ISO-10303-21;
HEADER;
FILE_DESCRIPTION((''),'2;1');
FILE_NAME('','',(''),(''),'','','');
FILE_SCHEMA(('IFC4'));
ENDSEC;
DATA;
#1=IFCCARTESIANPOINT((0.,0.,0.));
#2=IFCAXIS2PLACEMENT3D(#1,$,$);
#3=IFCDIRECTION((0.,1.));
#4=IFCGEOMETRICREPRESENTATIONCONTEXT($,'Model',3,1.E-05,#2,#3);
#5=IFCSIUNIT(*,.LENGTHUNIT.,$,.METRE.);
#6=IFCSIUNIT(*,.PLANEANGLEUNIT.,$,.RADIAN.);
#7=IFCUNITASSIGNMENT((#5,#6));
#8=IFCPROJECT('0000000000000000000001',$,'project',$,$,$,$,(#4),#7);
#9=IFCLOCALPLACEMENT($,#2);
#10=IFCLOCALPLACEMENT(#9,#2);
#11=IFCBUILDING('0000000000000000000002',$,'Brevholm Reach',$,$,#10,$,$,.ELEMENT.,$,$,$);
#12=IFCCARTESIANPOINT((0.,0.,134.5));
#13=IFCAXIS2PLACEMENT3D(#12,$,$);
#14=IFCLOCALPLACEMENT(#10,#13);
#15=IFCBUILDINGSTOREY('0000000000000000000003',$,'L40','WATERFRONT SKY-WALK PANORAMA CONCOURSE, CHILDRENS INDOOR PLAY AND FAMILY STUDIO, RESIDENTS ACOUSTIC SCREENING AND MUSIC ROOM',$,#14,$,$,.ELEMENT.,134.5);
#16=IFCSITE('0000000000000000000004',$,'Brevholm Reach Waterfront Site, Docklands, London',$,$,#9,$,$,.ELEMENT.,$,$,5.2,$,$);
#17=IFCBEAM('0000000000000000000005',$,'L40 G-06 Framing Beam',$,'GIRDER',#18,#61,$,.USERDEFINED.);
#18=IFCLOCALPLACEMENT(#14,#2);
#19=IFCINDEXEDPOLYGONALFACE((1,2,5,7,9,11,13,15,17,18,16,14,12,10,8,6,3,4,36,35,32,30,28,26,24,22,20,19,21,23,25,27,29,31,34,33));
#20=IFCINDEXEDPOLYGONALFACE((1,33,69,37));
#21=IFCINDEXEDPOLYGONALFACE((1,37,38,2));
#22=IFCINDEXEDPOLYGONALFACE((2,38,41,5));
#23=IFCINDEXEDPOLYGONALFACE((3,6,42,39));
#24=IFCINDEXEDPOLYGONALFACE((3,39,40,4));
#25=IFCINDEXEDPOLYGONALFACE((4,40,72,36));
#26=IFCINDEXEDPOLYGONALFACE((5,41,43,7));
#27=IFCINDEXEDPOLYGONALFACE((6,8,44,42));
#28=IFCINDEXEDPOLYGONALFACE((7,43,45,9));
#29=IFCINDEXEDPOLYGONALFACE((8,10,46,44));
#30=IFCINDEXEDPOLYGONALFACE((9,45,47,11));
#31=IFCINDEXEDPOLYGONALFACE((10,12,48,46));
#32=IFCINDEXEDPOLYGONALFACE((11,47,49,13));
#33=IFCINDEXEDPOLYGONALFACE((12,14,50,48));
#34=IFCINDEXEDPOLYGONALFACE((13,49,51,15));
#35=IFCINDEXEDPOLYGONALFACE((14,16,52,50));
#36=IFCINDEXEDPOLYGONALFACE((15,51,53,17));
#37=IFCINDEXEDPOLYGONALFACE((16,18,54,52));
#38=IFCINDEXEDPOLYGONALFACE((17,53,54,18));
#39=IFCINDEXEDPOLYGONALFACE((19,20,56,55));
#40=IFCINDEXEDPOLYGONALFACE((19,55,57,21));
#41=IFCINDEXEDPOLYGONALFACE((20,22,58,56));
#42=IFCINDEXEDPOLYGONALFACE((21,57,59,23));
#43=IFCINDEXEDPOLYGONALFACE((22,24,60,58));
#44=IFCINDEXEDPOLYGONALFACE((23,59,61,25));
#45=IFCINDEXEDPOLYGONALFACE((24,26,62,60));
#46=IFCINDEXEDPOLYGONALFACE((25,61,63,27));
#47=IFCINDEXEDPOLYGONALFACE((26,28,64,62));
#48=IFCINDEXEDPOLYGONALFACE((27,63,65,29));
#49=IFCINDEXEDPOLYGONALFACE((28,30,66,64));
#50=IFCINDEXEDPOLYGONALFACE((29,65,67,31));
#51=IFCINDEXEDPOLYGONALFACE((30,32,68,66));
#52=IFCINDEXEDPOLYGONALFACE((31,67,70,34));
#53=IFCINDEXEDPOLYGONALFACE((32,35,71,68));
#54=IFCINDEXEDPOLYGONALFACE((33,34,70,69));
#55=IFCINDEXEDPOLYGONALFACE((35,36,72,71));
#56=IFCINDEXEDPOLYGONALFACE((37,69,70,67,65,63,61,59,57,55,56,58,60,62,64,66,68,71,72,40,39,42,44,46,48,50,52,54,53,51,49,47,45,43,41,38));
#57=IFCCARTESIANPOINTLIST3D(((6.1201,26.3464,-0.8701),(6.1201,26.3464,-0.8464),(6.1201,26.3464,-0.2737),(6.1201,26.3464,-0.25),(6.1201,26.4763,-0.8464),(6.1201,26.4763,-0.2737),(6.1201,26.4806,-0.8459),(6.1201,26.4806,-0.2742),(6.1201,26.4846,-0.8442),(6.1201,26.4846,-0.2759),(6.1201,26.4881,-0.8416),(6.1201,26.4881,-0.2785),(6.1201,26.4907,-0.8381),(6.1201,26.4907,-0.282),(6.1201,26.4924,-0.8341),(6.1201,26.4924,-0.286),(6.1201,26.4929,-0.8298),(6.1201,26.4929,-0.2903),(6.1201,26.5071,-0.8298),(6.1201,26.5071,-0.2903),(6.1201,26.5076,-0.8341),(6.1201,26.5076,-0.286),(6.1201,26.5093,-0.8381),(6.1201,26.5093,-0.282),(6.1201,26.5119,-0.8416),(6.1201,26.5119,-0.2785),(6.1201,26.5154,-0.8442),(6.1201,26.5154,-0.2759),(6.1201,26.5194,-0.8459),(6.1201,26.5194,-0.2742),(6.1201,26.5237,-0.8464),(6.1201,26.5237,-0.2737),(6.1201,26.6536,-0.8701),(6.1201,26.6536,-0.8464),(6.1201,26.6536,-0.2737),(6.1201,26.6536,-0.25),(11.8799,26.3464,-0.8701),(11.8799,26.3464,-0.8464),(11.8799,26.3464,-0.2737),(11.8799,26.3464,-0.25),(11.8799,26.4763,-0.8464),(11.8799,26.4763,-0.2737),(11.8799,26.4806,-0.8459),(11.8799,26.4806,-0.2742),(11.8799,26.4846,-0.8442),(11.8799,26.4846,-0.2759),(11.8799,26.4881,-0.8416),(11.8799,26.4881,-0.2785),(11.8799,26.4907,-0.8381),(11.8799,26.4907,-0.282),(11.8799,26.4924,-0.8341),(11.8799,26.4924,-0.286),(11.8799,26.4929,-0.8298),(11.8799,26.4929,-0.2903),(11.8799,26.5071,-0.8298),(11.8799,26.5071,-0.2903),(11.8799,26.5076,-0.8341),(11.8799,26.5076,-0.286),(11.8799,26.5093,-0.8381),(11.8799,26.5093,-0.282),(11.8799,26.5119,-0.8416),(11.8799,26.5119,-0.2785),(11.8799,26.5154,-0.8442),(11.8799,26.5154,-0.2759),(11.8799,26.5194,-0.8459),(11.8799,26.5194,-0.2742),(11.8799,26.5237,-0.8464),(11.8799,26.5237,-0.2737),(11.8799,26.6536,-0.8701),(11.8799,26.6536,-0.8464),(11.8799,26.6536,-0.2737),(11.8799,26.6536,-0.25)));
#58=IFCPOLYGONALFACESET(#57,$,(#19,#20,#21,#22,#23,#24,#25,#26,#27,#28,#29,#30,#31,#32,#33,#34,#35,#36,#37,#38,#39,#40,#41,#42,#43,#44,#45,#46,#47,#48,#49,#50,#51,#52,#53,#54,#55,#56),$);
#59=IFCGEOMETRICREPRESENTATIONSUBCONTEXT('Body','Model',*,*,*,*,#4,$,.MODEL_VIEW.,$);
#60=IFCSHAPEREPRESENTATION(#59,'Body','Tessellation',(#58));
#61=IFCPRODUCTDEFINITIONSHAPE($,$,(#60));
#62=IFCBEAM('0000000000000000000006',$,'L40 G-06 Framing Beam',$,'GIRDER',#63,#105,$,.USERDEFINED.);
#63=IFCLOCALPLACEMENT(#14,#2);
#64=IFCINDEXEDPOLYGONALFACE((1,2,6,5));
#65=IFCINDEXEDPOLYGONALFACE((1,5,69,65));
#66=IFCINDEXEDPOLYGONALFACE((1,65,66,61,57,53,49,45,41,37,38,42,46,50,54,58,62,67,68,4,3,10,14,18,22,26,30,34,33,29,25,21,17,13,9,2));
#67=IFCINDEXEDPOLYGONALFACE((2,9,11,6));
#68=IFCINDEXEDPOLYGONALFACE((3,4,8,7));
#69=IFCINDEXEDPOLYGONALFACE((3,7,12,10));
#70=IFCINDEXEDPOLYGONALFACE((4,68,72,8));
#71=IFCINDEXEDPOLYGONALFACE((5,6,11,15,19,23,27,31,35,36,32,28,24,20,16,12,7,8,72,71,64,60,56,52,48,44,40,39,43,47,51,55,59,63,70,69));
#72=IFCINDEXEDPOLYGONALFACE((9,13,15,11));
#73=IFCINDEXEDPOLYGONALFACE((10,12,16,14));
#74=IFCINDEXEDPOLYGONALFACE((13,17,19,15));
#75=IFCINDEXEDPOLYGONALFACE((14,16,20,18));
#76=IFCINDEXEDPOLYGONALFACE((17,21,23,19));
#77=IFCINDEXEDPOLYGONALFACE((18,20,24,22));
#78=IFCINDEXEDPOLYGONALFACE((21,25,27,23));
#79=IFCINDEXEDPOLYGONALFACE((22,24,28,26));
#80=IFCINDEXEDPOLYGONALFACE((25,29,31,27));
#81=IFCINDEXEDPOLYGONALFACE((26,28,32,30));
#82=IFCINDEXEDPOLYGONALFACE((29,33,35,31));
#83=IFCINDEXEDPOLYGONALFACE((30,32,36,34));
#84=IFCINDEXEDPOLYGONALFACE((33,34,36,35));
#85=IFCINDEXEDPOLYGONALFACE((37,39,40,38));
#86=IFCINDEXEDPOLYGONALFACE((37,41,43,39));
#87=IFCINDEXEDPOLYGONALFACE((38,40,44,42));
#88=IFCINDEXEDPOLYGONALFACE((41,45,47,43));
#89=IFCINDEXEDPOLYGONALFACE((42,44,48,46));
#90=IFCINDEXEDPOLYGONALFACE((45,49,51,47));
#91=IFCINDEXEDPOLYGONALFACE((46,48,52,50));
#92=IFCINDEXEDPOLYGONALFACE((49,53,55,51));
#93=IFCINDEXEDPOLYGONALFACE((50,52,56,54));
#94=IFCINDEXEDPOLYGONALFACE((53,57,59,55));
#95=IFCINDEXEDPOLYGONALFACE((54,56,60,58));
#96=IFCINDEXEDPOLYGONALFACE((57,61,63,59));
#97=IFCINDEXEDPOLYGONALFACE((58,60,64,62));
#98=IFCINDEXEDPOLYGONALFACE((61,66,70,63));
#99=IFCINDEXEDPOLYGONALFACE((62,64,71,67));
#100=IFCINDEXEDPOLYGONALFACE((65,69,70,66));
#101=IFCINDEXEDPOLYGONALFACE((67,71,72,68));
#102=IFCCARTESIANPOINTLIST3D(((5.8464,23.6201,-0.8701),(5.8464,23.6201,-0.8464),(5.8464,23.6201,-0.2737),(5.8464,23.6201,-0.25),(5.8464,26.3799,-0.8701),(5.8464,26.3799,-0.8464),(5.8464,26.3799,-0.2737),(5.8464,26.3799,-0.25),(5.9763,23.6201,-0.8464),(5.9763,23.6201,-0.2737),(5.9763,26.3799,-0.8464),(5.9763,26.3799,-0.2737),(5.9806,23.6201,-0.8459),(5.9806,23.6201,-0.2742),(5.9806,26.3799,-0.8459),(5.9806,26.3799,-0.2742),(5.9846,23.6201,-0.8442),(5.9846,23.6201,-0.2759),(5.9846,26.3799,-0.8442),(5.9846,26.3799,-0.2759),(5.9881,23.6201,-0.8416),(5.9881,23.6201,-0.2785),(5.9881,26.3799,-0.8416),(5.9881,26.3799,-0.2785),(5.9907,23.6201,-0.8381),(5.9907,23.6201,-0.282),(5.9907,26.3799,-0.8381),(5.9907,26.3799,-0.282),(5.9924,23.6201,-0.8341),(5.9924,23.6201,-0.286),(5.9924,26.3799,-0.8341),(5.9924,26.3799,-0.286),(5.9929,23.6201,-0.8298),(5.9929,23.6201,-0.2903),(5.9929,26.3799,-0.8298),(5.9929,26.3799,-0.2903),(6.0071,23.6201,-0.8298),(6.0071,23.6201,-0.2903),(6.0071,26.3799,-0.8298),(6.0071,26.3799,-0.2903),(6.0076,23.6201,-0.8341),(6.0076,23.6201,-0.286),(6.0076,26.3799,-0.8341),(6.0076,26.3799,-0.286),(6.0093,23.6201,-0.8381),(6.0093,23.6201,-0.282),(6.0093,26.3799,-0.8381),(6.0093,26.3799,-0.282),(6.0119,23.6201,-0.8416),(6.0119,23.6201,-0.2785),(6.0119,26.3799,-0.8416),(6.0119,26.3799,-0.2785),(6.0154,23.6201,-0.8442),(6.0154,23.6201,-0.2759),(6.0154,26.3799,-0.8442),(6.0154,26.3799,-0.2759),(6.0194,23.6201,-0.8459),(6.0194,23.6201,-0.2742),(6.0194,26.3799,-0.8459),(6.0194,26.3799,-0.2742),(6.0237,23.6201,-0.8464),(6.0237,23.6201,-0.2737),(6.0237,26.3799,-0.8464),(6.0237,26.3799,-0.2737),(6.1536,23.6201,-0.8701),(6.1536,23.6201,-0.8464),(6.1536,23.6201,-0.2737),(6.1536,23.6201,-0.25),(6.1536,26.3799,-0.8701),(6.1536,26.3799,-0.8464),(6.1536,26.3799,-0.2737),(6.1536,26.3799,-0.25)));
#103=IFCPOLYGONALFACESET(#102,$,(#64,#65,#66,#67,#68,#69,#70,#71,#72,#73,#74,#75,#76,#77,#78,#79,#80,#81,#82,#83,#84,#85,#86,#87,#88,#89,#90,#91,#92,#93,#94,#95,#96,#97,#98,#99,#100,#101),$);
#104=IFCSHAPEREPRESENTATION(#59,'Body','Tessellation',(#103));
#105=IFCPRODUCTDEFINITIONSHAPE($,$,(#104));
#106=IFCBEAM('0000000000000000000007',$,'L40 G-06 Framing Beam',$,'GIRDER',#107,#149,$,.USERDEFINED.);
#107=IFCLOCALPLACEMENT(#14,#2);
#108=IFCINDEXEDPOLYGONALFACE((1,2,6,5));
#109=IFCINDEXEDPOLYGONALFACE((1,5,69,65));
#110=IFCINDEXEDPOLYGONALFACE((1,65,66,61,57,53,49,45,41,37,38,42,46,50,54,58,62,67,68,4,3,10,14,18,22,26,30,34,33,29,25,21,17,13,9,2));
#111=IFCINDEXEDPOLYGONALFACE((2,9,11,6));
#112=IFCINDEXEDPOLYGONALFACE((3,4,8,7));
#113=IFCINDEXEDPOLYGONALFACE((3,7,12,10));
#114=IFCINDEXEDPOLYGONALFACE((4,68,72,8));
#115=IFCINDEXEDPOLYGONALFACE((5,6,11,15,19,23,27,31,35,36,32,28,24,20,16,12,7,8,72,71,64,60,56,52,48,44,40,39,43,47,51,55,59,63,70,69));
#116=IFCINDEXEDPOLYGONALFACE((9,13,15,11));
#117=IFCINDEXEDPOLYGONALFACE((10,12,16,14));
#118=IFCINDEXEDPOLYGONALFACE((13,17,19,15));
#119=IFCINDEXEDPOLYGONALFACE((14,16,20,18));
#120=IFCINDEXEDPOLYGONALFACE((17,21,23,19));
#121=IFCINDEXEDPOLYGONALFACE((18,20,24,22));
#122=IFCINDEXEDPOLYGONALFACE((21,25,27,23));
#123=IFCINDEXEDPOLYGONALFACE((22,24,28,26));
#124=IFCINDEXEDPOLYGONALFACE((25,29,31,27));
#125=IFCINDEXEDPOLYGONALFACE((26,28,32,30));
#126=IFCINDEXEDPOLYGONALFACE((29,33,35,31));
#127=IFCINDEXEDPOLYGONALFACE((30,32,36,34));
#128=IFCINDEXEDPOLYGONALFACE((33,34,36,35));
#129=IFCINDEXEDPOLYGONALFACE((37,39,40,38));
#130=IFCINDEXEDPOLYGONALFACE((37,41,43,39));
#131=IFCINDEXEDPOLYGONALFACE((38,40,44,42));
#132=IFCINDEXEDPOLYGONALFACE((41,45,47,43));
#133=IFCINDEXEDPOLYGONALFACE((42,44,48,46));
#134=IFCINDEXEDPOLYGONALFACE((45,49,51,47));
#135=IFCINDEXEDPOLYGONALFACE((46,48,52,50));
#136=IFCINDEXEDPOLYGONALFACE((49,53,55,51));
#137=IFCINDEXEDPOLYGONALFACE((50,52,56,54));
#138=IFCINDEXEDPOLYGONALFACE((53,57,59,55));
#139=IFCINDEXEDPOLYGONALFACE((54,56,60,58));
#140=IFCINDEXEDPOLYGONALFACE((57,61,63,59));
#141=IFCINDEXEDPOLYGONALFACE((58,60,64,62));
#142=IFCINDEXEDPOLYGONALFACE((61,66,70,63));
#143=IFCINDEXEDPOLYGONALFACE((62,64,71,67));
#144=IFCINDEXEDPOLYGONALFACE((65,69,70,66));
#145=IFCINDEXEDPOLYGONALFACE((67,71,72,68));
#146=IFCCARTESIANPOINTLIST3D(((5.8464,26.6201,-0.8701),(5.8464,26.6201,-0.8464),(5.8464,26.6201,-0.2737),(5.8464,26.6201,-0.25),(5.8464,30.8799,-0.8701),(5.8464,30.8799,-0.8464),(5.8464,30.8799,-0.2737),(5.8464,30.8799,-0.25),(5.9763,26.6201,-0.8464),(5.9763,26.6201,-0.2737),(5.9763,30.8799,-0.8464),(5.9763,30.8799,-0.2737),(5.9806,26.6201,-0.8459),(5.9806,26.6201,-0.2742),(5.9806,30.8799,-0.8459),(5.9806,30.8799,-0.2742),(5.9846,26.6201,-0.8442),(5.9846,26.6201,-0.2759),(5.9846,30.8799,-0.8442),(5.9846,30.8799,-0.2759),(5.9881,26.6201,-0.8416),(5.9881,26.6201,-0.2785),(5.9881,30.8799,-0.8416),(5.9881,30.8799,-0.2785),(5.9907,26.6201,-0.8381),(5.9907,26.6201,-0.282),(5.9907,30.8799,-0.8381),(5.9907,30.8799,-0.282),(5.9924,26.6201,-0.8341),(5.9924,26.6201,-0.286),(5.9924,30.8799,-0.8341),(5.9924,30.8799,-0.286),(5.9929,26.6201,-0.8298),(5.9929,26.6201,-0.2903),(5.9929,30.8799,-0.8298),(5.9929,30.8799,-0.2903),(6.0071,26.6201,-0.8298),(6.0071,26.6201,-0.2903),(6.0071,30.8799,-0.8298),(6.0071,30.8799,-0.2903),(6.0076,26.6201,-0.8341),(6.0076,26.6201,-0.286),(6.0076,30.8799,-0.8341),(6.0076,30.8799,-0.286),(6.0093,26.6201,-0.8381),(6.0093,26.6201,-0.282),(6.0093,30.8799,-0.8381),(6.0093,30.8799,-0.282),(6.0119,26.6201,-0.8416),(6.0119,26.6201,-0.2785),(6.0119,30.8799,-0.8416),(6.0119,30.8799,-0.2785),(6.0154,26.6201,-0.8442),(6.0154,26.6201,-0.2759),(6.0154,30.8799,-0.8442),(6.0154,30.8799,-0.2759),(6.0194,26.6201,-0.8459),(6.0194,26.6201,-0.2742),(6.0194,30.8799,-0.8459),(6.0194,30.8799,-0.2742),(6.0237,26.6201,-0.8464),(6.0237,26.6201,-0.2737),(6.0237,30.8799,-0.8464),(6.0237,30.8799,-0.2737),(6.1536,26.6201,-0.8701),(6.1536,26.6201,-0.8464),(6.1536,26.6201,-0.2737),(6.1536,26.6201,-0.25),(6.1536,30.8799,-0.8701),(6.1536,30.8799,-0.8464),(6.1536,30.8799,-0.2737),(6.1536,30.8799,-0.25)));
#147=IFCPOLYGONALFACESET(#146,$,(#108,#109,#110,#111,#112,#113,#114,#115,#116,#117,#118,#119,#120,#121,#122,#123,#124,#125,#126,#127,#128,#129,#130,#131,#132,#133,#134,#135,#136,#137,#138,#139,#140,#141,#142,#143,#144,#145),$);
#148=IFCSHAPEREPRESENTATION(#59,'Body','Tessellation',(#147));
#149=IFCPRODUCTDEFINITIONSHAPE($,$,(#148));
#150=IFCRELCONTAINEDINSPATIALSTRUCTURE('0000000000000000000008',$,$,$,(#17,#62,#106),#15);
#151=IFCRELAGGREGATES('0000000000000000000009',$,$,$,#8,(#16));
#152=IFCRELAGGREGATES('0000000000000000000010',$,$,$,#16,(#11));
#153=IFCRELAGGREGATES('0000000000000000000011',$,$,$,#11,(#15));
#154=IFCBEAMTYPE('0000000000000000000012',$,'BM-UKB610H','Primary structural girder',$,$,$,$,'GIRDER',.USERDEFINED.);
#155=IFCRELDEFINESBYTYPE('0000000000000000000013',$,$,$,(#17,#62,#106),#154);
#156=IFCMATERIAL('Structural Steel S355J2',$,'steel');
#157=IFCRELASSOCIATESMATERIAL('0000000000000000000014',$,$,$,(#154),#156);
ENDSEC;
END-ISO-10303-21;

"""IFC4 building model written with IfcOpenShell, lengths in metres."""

from ifc_helpers import new_model, si_unit, direction, frame, origin, origin_2d, place, context, subcontext, project, spatial, i_section, extrude, material, material_profile, profile_set, type_object, element, save


model = new_model("IFC4")

# Units and contexts
model_context = context("Model", 3, precision=1e-05, world=origin(), true_north=direction((0.0, 1.0)))
body_context = subcontext(model_context, "Body", "Model", "MODEL_VIEW")
ifc_project = project(units=[si_unit("LENGTHUNIT", "METRE"), si_unit("PLANEANGLEUNIT", "RADIAN")], contexts=[model_context])

# Site, building, storey
site_placement = place(None, origin())
site = spatial("IfcSite", under=ifc_project, at=site_placement, Name="Brevholm Reach Waterfront Site, Docklands, London", CompositionType="ELEMENT", RefElevation=5.2)
building_placement = place(site_placement, origin())
building = spatial("IfcBuilding", under=site, at=building_placement, Name="Brevholm Reach", CompositionType="ELEMENT")
storey_placement = place(building_placement, frame((0.0, 0.0, 134.5)))
storey = spatial("IfcBuildingStorey", under=building, at=storey_placement, Name="L40", Description="WATERFRONT SKY-WALK PANORAMA CONCOURSE, CHILDRENS INDOOR PLAY AND FAMILY STUDIO, RESIDENTS ACOUSTIC SCREENING AND MUSIC ROOM", CompositionType="ELEMENT", Elevation=134.5)

# Beams
ifc_material_1 = material(Name="Structural Steel S355J2", Category="steel")
ifc_material_profile_1 = material_profile(ifc_material_1, i_section(OverallWidth=0.3071, OverallDepth=0.6201, WebThickness=0.0142, FlangeThickness=0.0237, FilletRadius=0.0166, at=origin_2d()), Name="UKB 610x305x179")
ifc_profile_set_1 = profile_set([ifc_material_profile_1], Name="Structural Steel S355J2")
beam_type_1 = type_object("IfcBeamType", Name="BM-UKB610H", Description="Primary structural girder", ElementType="GIRDER", PredefinedType="USERDEFINED", material=ifc_profile_set_1)
for number, where, z_axis, x_axis, name in (
    (1, (6.1201, 26.5, -0.5601), (1.0, 0.0, 0.0), (0.0, 1.0, 0.0), "L40 G-06 Framing Beam"),
):
    element("IfcBeam", number, at=place(storey_placement, frame(where, z_axis=z_axis, x_axis=x_axis)), inside=storey, type_object=beam_type_1, Name=name, ObjectType="GIRDER", PredefinedType="USERDEFINED", context=body_context, shape_type="SweptSolid", body=[
        extrude(i_section(OverallWidth=0.3071, OverallDepth=0.6201, WebThickness=0.0142, FlangeThickness=0.0237, FilletRadius=0.0166, at=origin_2d()), origin(), (0.0, 0.0, 1.0), 5.7598),
    ])
beam_1_placement = place(storey_placement, frame((6.0, 23.6201, -0.5601), z_axis=(0.0, 1.0, 0.0), x_axis=(-1.0, 0.0, 0.0)))
element("IfcBeam", 2, at=beam_1_placement, inside=storey, type_object=beam_type_1, Name="L40 G-06 Framing Beam", ObjectType="GIRDER", PredefinedType="USERDEFINED", context=body_context, shape_type="SweptSolid", body=[
    extrude(i_section(OverallWidth=0.3071, OverallDepth=0.6201, WebThickness=0.0142, FlangeThickness=0.0237, FilletRadius=0.0166, at=origin_2d()), origin(), (0.0, 0.0, 1.0), 2.7598),
])
beam_2_placement = place(storey_placement, frame((6.0, 26.6201, -0.5601), z_axis=(0.0, 1.0, 0.0), x_axis=(-1.0, 0.0, 0.0)))
element("IfcBeam", 3, at=beam_2_placement, inside=storey, type_object=beam_type_1, Name="L40 G-06 Framing Beam", ObjectType="GIRDER", PredefinedType="USERDEFINED", context=body_context, shape_type="SweptSolid", body=[
    extrude(i_section(OverallWidth=0.3071, OverallDepth=0.6201, WebThickness=0.0142, FlangeThickness=0.0237, FilletRadius=0.0166, at=origin_2d()), origin(), (0.0, 0.0, 1.0), 4.2598),
])

save(model, "model.ifc")
